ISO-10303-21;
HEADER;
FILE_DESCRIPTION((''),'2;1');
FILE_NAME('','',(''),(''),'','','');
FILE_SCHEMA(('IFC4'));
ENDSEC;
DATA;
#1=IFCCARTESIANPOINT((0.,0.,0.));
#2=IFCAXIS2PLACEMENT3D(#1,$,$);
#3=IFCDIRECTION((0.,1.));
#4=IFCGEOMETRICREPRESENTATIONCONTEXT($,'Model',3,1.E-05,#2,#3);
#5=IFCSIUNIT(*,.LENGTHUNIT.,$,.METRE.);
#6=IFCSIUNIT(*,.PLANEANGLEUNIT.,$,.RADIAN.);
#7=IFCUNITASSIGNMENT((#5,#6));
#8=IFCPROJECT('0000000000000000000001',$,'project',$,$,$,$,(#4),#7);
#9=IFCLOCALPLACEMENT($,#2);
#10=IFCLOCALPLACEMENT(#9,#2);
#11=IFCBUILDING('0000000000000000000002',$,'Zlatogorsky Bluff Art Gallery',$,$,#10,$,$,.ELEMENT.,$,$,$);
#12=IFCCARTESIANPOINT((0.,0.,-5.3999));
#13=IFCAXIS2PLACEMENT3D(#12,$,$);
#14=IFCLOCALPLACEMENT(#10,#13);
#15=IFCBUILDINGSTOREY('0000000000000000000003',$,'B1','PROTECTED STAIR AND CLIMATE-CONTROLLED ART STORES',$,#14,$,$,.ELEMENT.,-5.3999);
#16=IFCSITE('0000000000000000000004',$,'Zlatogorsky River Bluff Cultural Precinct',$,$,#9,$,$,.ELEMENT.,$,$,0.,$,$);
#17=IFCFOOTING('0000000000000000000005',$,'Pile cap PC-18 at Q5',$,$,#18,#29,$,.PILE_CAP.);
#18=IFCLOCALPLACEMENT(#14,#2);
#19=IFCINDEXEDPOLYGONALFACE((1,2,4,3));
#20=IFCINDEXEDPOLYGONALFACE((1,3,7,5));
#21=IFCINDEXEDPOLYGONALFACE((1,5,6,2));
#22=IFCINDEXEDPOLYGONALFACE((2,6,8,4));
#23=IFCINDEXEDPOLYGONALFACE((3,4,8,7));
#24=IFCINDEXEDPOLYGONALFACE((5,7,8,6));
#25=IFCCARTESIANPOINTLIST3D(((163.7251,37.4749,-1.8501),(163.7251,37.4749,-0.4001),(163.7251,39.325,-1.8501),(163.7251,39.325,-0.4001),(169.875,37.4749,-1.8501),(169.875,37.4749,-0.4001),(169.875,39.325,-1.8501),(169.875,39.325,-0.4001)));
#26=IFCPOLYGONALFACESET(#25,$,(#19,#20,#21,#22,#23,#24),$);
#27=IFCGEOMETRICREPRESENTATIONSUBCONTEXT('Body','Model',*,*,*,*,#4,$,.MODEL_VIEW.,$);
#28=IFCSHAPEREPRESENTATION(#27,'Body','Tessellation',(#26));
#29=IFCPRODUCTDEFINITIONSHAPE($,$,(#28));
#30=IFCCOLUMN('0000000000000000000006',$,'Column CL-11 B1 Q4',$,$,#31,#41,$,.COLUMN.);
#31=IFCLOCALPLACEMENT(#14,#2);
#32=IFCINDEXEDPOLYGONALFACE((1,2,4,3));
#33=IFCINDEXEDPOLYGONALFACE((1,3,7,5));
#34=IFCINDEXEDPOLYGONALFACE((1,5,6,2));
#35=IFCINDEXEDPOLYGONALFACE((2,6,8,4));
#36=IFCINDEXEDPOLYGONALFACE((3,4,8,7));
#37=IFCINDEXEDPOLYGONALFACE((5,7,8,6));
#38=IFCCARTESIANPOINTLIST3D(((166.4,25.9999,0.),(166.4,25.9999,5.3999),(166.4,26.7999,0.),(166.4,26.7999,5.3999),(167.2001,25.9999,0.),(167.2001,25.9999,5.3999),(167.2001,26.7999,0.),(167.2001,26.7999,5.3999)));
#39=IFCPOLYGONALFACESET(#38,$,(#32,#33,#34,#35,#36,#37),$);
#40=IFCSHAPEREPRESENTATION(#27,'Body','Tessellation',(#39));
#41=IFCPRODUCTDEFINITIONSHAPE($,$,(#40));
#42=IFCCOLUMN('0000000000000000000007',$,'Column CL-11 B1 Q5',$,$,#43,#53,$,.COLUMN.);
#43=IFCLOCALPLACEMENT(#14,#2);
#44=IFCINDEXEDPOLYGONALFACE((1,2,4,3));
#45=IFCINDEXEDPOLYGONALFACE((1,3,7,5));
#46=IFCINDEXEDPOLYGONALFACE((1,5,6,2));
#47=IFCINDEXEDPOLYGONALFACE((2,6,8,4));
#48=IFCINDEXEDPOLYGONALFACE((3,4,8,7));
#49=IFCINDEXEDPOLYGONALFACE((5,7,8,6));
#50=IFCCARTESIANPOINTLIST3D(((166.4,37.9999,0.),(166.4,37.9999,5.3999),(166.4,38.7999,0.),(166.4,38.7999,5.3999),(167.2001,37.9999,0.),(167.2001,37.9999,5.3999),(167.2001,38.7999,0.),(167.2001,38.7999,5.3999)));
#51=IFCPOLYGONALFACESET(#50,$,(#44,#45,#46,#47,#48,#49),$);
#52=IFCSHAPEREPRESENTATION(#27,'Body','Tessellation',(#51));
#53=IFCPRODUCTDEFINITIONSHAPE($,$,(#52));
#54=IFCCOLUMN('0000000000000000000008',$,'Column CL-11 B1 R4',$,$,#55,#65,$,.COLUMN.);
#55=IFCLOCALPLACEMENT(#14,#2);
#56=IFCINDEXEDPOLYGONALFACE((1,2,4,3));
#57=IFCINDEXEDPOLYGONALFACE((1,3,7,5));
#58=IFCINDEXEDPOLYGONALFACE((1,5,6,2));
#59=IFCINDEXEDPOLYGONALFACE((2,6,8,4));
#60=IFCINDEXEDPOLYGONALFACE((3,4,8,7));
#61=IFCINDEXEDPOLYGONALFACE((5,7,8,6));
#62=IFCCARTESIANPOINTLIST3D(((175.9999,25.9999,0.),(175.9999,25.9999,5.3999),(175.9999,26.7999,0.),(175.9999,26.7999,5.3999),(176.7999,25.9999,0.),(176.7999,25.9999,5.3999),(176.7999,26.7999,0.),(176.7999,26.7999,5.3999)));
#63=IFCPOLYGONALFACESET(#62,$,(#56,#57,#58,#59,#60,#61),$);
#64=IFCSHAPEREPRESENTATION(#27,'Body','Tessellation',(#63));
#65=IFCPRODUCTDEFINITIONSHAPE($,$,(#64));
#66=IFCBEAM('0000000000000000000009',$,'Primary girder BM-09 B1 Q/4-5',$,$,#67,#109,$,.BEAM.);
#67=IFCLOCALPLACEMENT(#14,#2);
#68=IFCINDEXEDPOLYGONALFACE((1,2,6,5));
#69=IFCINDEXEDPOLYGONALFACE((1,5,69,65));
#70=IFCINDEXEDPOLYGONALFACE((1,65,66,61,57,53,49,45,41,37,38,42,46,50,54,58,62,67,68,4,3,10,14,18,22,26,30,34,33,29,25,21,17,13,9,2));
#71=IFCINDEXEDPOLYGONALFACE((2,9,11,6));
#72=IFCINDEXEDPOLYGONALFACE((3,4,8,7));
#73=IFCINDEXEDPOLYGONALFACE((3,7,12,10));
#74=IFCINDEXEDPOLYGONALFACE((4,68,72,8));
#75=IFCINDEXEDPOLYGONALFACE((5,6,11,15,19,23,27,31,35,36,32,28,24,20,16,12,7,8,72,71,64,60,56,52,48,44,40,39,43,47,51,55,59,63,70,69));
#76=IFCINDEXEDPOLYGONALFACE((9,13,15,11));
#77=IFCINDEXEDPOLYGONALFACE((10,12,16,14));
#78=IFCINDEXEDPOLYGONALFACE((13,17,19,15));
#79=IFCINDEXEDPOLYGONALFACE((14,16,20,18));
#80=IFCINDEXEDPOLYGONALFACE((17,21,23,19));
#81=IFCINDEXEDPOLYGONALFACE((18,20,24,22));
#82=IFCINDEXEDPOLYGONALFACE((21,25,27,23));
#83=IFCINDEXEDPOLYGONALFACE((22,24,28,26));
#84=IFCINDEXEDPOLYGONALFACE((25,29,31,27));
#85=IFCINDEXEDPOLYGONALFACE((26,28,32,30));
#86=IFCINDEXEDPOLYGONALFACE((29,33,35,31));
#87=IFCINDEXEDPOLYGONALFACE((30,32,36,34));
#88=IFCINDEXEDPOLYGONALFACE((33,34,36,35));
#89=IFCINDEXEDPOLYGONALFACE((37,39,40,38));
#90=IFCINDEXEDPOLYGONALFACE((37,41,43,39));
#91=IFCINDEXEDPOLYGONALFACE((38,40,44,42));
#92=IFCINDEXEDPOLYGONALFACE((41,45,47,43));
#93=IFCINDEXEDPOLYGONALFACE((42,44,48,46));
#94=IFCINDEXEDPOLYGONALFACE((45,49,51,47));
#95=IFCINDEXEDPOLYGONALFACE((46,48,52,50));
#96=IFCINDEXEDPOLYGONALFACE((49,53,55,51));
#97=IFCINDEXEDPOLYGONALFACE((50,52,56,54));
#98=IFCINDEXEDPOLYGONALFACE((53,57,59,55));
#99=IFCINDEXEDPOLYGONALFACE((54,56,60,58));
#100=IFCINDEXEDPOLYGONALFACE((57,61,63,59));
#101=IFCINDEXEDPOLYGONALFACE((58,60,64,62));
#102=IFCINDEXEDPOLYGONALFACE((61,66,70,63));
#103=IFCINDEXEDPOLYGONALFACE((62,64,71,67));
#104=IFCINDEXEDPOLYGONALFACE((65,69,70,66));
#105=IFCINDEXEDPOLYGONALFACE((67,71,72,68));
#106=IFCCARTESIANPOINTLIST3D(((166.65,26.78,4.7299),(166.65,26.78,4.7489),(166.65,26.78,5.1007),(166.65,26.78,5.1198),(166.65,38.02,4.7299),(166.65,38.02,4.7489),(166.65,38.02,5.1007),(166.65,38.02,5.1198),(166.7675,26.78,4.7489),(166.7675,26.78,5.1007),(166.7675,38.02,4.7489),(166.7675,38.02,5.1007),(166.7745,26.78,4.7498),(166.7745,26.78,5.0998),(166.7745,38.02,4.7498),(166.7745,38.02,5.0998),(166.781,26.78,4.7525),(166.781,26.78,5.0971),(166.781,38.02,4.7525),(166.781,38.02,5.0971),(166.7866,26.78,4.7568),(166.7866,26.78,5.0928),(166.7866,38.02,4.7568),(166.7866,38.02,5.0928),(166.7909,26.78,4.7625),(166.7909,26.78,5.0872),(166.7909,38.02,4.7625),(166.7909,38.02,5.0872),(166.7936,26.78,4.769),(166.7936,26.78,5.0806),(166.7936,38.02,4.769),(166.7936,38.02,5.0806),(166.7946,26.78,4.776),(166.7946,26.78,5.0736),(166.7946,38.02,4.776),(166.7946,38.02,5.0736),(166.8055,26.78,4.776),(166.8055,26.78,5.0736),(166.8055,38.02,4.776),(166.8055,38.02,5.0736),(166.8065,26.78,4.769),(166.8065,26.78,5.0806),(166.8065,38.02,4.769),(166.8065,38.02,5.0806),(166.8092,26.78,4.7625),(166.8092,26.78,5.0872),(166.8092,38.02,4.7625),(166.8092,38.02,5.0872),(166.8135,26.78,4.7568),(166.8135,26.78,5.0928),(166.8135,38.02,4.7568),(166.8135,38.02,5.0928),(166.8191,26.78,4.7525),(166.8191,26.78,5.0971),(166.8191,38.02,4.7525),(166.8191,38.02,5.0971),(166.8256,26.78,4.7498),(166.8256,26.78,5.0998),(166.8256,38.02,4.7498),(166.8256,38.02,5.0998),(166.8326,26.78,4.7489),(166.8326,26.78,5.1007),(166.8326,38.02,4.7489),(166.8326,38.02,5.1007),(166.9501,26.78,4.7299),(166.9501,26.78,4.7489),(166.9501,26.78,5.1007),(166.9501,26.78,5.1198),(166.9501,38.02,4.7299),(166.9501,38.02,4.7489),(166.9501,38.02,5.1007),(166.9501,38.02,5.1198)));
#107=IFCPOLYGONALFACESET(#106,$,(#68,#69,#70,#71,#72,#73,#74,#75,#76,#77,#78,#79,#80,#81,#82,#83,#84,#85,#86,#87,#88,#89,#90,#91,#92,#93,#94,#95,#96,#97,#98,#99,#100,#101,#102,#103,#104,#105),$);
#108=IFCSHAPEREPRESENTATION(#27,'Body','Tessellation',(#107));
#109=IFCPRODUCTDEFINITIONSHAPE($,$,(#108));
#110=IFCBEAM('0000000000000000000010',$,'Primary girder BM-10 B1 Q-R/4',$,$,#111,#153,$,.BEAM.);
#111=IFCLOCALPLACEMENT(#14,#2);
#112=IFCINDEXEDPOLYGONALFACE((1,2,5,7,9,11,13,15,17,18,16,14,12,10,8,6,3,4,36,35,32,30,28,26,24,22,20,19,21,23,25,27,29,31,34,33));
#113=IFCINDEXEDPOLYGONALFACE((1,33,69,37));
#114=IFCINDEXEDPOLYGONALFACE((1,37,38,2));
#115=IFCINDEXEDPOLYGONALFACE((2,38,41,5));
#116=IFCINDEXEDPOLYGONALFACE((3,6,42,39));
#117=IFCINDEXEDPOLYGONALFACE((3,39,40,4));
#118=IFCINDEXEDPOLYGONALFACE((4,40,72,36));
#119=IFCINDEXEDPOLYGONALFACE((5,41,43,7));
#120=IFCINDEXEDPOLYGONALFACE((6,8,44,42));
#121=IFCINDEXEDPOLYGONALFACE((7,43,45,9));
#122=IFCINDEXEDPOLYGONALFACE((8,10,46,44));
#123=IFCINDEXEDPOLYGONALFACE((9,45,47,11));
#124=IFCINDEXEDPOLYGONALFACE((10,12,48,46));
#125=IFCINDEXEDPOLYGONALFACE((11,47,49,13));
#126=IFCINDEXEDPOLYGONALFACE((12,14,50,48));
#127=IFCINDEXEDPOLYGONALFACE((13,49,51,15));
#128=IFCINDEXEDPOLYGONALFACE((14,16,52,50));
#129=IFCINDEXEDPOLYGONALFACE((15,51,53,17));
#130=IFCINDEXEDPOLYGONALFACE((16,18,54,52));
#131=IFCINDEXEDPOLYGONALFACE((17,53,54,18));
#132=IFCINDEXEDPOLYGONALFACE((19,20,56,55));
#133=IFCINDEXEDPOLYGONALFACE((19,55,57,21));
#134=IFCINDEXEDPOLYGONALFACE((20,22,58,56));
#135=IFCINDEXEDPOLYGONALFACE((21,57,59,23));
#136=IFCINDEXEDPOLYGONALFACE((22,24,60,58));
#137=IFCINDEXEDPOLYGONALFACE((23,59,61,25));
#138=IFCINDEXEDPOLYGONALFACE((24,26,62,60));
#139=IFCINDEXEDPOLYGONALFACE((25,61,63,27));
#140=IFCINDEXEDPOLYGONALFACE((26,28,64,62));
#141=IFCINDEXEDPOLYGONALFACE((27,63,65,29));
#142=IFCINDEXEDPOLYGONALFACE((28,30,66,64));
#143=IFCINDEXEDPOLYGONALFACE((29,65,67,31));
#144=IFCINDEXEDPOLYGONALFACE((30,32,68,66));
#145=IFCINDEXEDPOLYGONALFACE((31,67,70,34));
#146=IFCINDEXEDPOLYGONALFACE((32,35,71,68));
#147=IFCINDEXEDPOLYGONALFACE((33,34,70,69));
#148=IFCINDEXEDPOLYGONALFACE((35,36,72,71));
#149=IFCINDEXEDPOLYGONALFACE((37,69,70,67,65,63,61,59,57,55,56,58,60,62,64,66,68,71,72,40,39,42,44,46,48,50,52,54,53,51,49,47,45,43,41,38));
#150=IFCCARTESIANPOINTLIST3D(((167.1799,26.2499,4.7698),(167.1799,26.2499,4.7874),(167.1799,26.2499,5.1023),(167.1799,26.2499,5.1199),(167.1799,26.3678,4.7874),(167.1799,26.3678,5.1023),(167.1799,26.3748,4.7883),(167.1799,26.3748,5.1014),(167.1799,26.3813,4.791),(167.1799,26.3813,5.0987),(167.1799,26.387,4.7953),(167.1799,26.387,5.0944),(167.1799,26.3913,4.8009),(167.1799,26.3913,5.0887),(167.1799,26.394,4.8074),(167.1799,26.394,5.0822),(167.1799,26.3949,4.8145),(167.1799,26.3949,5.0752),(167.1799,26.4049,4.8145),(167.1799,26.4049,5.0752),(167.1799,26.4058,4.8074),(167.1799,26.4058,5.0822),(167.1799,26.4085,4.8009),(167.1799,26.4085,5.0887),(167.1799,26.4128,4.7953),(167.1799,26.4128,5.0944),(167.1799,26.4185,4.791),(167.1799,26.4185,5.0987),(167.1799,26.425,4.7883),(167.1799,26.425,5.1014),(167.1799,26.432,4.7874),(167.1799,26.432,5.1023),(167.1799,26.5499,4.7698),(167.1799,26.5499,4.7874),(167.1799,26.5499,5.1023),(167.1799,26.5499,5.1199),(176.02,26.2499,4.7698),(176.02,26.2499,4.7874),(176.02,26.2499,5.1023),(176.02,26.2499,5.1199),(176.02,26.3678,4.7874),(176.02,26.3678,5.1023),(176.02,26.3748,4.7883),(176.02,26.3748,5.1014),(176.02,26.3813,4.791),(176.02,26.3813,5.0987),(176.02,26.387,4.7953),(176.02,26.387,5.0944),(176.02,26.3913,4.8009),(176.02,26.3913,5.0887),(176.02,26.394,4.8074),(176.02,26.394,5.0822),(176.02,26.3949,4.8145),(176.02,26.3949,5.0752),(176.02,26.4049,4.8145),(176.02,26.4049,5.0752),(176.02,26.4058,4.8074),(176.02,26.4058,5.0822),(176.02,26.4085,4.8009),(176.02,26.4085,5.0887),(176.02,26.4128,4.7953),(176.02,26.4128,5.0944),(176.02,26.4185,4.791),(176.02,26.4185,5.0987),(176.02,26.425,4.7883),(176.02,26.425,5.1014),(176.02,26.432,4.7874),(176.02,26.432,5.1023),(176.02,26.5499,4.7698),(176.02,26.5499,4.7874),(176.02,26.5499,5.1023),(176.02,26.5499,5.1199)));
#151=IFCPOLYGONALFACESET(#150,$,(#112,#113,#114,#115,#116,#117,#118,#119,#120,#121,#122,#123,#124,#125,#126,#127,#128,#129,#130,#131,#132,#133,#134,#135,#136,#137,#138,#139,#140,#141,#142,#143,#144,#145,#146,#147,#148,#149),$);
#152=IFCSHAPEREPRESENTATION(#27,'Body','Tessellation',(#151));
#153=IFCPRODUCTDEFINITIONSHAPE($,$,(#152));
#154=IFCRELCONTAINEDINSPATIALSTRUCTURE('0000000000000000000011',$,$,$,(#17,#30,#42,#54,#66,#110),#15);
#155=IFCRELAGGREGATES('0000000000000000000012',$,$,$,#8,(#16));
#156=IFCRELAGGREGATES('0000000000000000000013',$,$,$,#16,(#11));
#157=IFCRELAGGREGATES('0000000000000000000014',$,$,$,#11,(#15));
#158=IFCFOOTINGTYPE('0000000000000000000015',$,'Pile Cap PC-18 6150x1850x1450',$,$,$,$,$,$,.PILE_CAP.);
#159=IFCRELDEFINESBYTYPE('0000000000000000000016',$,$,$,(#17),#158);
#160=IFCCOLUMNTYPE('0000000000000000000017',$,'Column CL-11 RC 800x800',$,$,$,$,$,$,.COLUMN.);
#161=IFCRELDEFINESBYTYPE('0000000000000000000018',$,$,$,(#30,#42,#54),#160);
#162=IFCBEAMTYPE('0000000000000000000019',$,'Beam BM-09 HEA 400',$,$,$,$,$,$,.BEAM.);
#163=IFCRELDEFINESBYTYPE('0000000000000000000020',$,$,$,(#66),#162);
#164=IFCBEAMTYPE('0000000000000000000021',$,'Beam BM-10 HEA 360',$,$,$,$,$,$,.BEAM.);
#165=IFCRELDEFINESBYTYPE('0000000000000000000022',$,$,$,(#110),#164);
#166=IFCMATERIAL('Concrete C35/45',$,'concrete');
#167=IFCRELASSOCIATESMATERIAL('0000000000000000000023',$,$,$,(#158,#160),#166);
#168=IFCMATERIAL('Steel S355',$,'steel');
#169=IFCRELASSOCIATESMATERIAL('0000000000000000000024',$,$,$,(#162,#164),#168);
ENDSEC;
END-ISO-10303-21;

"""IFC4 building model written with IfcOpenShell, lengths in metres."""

from ifc_helpers import new_model, si_unit, direction, frame, origin, origin_2d, place, context, subcontext, project, spatial, rectangle, i_section, extrude, material, material_profile, profile_set, type_object, element, save


model = new_model("IFC4")

# Units and contexts
model_context = context("Model", 3, precision=1e-05, world=origin(), true_north=direction((0.0, 1.0)))
body_context = subcontext(model_context, "Body", "Model", "MODEL_VIEW")
ifc_project = project(units=[si_unit("LENGTHUNIT", "METRE"), si_unit("PLANEANGLEUNIT", "RADIAN")], contexts=[model_context])

# Site, building, storey
site_placement = place(None, origin())
site = spatial("IfcSite", under=ifc_project, at=site_placement, Name="Zlatogorsky River Bluff Cultural Precinct", CompositionType="ELEMENT", RefElevation=0.0)
building_placement = place(site_placement, origin())
building = spatial("IfcBuilding", under=site, at=building_placement, Name="Zlatogorsky Bluff Art Gallery", CompositionType="ELEMENT")
storey_placement = place(building_placement, frame((0.0, 0.0, -5.3999)))
storey = spatial("IfcBuildingStorey", under=building, at=storey_placement, Name="B1", Description="PROTECTED STAIR AND CLIMATE-CONTROLLED ART STORES", CompositionType="ELEMENT", Elevation=-5.3999)

# Shared definitions
ifc_material_1 = material(Name="Concrete C35/45", Category="concrete")

# Footing
footing_type_1 = type_object("IfcFootingType", Name="Pile Cap PC-18 6150x1850x1450", PredefinedType="PILE_CAP", material=ifc_material_1)
footing_1_placement = place(storey_placement, frame((166.8, 38.3999, -1.8501), z_axis=(0.0, 0.0, 1.0), x_axis=(1.0, 0.0, 0.0)))
element("IfcFooting", 1, at=footing_1_placement, inside=storey, type_object=footing_type_1, Name="Pile cap PC-18 at Q5", PredefinedType="PILE_CAP", context=body_context, shape_type="SweptSolid", body=[
    extrude(rectangle(XDim=6.1499, YDim=1.8501, at=origin_2d()), origin(), (0.0, 0.0, 1.0), 1.45),
])

# Columns
ifc_material_profile_1 = material_profile(ifc_material_1, rectangle(XDim=0.8, YDim=0.8, at=origin_2d()), Name="RC 800x800")
ifc_profile_set_1 = profile_set([ifc_material_profile_1], Name="Concrete C35/45")
column_type = type_object("IfcColumnType", Name="Column CL-11 RC 800x800", PredefinedType="COLUMN", material=ifc_profile_set_1)
for number, where, z_axis, x_axis, name in (
    (2, (166.8, 26.3999, 0.0), (0.0, 0.0, 1.0), (1.0, 0.0, 0.0), "Column CL-11 B1 Q4"),
    (3, (166.8, 38.3999, 0.0), (0.0, 0.0, 1.0), (1.0, 0.0, 0.0), "Column CL-11 B1 Q5"),
    (4, (176.3999, 26.3999, 0.0), (0.0, 0.0, 1.0), (1.0, 0.0, 0.0), "Column CL-11 B1 R4"),
):
    element("IfcColumn", number, at=place(storey_placement, frame(where, z_axis=z_axis, x_axis=x_axis)), inside=storey, type_object=column_type, Name=name, PredefinedType="COLUMN", context=body_context, shape_type="SweptSolid", body=[
        extrude(rectangle(XDim=0.8, YDim=0.8, at=origin_2d()), origin(), (0.0, 0.0, 1.0), 5.3999),
    ])

# Beams
ifc_material_2 = material(Name="Steel S355", Category="steel")
ifc_material_profile_2 = material_profile(ifc_material_2, i_section(OverallWidth=0.3, OverallDepth=0.3899, WebThickness=0.011, FlangeThickness=0.019, FilletRadius=0.0271, at=origin_2d()), Name="HEA 400")
ifc_profile_set_2 = profile_set([ifc_material_profile_2], Name="Steel S355")
beam_type_1 = type_object("IfcBeamType", Name="Beam BM-09 HEA 400", PredefinedType="BEAM", material=ifc_profile_set_2)
beam_1_placement = place(storey_placement, frame((166.8, 26.78, 4.9248), z_axis=(0.0, 1.0, 0.0), x_axis=(-1.0, 0.0, 0.0)))
element("IfcBeam", 5, at=beam_1_placement, inside=storey, type_object=beam_type_1, Name="Primary girder BM-09 B1 Q/4-5", PredefinedType="BEAM", context=body_context, shape_type="SweptSolid", body=[
    extrude(i_section(OverallWidth=0.3, OverallDepth=0.3899, WebThickness=0.011, FlangeThickness=0.019, FilletRadius=0.0271, at=origin_2d()), origin(), (0.0, 0.0, 1.0), 11.24),
])
ifc_material_profile_3 = material_profile(ifc_material_2, i_section(OverallWidth=0.3, OverallDepth=0.3501, WebThickness=0.01, FlangeThickness=0.0176, FilletRadius=0.0271, at=origin_2d()), Name="HEA 360")
ifc_profile_set_3 = profile_set([ifc_material_profile_3], Name="Steel S355")
beam_type_2 = type_object("IfcBeamType", Name="Beam BM-10 HEA 360", PredefinedType="BEAM", material=ifc_profile_set_3)
beam_2_placement = place(storey_placement, frame((167.1799, 26.3999, 4.9448), z_axis=(1.0, 0.0, 0.0), x_axis=(0.0, 1.0, 0.0)))
element("IfcBeam", 6, at=beam_2_placement, inside=storey, type_object=beam_type_2, Name="Primary girder BM-10 B1 Q-R/4", PredefinedType="BEAM", context=body_context, shape_type="SweptSolid", body=[
    extrude(i_section(OverallWidth=0.3, OverallDepth=0.3501, WebThickness=0.01, FlangeThickness=0.0176, FilletRadius=0.0271, at=origin_2d()), origin(), (0.0, 0.0, 1.0), 8.8401),
])

save(model, "model.ifc")
